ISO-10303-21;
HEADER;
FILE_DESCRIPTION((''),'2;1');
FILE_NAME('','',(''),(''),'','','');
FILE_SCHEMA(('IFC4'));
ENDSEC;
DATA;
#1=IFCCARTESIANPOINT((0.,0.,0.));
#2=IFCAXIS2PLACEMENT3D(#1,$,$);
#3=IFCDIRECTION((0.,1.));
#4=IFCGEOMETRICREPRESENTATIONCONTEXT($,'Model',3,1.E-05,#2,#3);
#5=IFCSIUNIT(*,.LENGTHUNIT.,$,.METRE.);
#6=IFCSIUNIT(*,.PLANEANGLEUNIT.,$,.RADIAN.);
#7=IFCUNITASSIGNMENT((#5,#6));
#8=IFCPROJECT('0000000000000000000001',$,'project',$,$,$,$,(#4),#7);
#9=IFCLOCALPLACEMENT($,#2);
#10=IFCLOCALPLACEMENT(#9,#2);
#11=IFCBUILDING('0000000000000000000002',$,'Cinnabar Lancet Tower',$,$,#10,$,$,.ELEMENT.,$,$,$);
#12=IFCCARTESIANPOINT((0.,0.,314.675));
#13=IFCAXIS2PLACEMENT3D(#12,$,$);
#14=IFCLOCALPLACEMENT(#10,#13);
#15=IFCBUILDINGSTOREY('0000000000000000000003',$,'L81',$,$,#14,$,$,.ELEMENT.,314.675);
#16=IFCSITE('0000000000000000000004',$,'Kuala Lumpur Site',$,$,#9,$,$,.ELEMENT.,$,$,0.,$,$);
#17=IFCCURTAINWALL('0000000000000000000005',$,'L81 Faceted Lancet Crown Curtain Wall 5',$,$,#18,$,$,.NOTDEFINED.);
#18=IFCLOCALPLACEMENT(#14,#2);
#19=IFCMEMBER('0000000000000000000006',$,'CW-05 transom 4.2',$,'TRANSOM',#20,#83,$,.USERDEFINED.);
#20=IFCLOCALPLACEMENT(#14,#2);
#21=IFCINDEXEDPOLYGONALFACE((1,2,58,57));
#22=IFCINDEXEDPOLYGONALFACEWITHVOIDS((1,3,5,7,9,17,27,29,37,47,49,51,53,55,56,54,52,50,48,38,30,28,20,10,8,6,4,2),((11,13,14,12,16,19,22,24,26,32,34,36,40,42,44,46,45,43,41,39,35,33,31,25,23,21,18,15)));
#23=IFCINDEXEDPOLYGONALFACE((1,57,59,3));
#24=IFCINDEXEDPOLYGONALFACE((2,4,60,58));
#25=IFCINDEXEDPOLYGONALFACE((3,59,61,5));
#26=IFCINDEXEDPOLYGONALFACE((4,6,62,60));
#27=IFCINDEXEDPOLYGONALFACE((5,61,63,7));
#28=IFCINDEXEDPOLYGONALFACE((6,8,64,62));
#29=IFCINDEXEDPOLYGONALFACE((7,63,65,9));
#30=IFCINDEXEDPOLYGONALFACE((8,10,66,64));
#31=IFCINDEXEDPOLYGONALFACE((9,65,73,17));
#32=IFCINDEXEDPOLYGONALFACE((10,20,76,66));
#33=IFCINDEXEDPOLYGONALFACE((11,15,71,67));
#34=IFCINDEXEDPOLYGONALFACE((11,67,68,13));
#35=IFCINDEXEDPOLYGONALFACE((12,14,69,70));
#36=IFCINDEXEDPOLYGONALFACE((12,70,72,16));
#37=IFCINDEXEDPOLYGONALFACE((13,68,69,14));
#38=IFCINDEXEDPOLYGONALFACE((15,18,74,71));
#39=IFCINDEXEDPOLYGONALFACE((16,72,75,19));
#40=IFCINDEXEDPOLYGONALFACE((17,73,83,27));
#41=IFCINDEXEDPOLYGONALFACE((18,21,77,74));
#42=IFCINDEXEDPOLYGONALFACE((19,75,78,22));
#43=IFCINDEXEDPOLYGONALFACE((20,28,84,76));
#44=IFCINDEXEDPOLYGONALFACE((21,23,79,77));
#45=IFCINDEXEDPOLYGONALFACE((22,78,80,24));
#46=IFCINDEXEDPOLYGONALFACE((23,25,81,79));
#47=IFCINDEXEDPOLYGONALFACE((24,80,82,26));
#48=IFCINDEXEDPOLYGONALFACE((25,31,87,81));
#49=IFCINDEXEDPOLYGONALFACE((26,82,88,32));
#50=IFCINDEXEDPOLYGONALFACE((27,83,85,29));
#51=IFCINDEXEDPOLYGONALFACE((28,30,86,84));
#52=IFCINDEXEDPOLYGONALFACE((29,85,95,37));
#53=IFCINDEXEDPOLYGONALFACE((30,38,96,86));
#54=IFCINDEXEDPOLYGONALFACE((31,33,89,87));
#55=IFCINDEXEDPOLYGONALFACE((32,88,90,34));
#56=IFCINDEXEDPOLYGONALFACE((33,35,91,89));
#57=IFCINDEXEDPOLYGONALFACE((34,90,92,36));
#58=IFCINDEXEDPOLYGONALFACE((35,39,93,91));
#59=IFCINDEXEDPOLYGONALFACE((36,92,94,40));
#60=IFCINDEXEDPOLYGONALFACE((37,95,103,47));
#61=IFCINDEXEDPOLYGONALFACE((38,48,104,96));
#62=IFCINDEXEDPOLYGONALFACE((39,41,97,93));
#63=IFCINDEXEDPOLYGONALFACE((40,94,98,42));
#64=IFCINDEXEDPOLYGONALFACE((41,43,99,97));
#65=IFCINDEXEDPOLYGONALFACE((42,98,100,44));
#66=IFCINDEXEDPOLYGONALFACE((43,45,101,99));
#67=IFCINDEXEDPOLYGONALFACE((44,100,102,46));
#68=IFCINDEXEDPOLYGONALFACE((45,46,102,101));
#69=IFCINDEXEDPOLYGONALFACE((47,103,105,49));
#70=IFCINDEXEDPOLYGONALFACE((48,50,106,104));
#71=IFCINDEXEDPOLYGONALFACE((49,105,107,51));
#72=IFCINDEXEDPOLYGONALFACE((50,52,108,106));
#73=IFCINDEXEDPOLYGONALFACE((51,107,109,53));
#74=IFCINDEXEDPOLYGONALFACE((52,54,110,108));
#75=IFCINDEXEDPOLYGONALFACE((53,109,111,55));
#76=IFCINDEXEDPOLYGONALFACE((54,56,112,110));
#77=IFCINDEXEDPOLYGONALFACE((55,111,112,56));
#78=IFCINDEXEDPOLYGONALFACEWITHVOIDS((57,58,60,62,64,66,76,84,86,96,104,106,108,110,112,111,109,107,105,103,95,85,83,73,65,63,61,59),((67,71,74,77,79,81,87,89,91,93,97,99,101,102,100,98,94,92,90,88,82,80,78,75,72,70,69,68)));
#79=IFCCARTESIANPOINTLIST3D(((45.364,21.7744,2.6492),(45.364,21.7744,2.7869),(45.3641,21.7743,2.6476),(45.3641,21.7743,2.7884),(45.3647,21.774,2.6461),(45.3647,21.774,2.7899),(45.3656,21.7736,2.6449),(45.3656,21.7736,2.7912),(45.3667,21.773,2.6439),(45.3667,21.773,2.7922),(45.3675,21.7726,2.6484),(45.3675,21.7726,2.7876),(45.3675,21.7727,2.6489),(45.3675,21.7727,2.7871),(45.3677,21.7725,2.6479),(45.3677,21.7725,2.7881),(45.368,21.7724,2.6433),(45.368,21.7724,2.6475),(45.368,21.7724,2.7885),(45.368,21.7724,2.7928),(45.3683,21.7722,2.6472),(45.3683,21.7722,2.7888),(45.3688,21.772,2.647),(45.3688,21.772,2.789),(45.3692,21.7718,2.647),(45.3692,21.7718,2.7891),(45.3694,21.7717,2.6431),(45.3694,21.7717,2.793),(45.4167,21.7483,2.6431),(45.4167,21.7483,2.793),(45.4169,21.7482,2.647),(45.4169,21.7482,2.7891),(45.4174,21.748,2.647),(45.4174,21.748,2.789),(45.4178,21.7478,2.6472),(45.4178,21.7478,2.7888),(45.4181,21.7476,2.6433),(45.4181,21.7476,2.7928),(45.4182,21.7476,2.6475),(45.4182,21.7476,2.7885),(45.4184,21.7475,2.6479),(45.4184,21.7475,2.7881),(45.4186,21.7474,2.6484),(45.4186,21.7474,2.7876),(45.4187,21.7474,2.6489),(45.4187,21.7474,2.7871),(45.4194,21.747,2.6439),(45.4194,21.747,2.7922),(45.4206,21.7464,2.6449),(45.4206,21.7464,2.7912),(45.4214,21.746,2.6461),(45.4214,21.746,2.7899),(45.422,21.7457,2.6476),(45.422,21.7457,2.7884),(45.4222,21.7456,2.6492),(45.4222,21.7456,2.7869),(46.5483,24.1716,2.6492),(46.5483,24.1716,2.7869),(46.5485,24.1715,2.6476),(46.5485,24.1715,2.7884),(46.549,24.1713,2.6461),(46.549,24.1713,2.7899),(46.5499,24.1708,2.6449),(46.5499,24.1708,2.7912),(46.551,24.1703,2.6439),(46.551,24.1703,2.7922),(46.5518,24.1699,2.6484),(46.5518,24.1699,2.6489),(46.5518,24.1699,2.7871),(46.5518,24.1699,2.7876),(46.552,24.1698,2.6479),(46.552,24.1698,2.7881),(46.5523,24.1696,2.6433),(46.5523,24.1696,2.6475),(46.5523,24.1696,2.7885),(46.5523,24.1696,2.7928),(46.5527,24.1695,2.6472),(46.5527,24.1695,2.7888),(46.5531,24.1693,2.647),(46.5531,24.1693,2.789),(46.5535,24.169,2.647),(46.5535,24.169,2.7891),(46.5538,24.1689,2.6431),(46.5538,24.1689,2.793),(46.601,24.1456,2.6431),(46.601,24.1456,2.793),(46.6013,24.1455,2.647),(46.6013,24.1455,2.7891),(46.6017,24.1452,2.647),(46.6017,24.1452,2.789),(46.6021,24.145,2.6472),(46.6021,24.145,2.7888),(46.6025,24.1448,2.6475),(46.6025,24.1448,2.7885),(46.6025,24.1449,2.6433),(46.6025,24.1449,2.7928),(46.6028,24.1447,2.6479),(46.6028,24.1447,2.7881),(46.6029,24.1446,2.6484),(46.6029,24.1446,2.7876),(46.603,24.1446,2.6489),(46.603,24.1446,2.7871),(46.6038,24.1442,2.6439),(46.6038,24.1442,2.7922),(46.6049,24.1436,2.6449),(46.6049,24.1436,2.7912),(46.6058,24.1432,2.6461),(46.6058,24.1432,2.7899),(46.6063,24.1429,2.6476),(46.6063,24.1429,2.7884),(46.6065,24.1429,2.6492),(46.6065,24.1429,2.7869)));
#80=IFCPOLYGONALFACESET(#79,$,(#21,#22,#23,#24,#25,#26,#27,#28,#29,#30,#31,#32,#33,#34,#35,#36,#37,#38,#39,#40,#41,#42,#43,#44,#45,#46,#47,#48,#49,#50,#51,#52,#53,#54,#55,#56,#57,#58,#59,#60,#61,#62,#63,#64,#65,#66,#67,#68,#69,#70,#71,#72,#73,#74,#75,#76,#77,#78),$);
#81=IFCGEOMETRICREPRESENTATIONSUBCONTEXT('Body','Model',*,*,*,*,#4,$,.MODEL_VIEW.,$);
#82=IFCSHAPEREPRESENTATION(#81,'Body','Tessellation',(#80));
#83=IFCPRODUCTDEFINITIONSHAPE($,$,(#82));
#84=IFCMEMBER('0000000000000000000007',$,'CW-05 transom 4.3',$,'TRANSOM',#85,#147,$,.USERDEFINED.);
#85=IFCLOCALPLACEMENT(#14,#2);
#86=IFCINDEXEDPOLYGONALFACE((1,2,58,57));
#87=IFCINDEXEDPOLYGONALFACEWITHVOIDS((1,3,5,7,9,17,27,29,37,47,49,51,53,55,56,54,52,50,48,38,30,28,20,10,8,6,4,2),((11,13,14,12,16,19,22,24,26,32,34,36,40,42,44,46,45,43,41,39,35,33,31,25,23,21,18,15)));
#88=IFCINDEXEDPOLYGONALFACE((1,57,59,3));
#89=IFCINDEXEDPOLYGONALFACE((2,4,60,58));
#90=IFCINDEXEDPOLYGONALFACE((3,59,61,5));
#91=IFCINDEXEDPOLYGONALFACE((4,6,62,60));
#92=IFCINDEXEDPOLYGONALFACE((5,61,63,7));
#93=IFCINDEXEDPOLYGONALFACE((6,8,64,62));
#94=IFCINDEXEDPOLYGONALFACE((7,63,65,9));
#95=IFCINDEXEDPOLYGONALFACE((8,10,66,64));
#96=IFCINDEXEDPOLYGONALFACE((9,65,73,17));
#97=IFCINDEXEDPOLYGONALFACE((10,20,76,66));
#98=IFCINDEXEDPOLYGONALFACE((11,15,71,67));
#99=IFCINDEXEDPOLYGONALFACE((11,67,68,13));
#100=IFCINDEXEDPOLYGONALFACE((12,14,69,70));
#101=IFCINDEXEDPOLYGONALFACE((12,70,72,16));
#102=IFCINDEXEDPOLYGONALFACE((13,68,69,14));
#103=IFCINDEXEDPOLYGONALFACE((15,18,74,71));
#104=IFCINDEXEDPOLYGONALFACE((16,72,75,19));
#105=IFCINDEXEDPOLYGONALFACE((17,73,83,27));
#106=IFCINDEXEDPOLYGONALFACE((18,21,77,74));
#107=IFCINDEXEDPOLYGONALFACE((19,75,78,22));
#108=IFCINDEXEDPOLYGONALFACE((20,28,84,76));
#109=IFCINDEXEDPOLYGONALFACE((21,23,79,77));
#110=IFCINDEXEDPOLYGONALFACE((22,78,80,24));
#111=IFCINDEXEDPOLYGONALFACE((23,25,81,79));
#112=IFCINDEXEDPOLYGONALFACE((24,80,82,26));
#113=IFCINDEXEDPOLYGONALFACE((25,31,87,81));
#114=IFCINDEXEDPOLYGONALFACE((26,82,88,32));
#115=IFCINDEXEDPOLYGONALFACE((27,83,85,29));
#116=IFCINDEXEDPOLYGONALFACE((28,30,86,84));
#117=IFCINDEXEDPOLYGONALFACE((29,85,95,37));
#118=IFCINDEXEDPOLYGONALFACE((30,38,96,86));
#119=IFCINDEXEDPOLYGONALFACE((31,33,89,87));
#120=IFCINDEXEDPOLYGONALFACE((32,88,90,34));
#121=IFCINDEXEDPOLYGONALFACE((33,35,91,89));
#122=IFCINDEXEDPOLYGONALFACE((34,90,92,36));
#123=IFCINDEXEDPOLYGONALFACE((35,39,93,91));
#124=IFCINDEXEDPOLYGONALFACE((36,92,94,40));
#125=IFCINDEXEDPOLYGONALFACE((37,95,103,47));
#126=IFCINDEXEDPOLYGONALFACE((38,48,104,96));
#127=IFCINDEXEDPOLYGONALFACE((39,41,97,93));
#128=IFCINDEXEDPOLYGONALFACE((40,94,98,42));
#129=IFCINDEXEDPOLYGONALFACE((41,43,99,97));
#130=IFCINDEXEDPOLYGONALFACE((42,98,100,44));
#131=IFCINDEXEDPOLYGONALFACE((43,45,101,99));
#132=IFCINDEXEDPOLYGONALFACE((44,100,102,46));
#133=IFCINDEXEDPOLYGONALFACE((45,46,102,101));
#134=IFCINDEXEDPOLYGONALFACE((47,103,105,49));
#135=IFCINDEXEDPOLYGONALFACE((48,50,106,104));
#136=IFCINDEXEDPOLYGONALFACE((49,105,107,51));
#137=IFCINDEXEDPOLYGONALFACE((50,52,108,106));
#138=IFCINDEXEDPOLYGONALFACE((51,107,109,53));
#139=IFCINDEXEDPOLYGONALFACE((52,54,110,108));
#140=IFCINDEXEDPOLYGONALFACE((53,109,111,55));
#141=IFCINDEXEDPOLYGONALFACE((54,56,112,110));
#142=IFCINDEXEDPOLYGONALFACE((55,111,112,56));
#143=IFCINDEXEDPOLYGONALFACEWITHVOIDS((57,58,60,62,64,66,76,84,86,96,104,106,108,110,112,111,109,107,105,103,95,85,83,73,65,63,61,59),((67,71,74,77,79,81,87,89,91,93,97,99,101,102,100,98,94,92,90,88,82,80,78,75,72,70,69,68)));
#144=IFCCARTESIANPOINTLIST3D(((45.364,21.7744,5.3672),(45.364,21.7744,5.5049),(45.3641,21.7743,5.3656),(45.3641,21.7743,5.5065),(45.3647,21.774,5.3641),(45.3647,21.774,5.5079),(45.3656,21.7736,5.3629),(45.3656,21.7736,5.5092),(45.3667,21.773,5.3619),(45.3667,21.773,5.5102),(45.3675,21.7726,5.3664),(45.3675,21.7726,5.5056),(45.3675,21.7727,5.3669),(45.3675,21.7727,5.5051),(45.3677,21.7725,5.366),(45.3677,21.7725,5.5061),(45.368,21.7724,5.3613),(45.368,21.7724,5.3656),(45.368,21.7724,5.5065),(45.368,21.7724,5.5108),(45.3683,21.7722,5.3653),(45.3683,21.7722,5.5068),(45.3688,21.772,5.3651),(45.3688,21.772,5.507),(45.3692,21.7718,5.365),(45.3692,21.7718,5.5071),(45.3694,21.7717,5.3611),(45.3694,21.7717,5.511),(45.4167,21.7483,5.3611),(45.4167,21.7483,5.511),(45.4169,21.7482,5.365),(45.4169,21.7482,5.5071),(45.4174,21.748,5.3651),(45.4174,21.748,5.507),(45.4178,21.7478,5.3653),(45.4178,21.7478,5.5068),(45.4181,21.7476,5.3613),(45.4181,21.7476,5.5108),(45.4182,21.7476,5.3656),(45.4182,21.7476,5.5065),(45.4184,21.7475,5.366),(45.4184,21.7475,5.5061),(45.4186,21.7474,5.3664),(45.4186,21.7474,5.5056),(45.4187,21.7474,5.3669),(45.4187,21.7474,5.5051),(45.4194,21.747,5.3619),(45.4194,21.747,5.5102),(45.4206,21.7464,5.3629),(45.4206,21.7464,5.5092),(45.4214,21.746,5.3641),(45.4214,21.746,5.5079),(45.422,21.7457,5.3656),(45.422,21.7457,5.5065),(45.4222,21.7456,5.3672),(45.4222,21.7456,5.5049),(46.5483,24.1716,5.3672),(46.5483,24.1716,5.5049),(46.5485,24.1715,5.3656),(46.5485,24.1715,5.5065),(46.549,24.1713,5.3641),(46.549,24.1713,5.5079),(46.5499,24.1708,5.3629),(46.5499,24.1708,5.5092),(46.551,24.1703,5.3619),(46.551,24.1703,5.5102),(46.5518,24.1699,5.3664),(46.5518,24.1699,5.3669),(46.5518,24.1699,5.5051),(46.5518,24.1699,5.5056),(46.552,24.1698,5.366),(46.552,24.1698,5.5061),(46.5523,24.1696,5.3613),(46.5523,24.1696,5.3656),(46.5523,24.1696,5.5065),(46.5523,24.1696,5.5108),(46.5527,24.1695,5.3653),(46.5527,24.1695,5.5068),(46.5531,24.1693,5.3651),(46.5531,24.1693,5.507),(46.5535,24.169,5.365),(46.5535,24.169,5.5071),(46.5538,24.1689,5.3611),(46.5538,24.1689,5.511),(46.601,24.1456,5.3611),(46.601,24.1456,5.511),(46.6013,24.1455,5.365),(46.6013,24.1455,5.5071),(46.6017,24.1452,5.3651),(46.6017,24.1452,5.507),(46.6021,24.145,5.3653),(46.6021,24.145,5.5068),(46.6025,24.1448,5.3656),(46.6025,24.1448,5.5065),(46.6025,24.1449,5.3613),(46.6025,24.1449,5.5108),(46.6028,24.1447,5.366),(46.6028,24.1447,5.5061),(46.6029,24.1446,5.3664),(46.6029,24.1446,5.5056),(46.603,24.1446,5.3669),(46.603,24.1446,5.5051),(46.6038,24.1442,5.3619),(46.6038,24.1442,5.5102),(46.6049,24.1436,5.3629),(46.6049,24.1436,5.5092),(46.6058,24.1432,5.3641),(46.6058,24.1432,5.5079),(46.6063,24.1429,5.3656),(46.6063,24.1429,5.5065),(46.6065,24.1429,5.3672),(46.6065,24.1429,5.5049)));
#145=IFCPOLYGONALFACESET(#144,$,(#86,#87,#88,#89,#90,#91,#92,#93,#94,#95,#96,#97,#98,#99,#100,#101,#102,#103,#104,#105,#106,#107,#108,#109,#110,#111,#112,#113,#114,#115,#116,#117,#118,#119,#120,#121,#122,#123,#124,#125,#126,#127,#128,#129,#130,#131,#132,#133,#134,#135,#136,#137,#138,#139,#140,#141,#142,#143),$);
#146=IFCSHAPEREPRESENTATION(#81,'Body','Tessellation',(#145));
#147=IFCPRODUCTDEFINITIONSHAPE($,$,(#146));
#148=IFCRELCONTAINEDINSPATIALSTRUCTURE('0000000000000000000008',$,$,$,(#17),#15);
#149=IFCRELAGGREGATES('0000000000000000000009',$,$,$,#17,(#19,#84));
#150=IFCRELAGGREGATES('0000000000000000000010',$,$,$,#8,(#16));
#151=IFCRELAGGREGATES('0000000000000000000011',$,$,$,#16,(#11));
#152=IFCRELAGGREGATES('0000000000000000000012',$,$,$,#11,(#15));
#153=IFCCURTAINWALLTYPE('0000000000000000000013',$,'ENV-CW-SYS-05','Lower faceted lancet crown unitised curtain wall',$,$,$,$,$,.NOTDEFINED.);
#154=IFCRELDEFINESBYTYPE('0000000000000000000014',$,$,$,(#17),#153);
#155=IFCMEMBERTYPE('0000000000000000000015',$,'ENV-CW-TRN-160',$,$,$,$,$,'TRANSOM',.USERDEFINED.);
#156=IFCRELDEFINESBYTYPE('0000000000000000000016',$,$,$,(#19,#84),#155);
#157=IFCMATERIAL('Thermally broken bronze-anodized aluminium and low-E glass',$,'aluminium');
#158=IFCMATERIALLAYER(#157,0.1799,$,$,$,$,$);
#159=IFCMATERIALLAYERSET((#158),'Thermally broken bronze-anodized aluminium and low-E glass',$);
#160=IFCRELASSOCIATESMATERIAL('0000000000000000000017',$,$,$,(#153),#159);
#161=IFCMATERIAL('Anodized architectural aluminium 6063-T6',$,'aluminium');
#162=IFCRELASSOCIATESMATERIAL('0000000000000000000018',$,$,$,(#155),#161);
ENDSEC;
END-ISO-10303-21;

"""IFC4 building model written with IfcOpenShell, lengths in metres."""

from ifc_helpers import new_model, si_unit, direction, frame, origin, origin_2d, place, context, subcontext, project, spatial, hollow_rectangle, extrude, material, layer, layer_set, material_profile, profile_set, type_object, element, aggregate, save


model = new_model("IFC4")

# Units and contexts
model_context = context("Model", 3, precision=1e-05, world=origin(), true_north=direction((0.0, 1.0)))
body_context = subcontext(model_context, "Body", "Model", "MODEL_VIEW")
ifc_project = project(units=[si_unit("LENGTHUNIT", "METRE"), si_unit("PLANEANGLEUNIT", "RADIAN")], contexts=[model_context])

# Site, building, storey
site_placement = place(None, origin())
site = spatial("IfcSite", under=ifc_project, at=site_placement, Name="Kuala Lumpur Site", CompositionType="ELEMENT", RefElevation=0.0)
building_placement = place(site_placement, origin())
building = spatial("IfcBuilding", under=site, at=building_placement, Name="Cinnabar Lancet Tower", CompositionType="ELEMENT")
storey_placement = place(building_placement, frame((0.0, 0.0, 314.675)))
storey = spatial("IfcBuildingStorey", under=building, at=storey_placement, Name="L81", CompositionType="ELEMENT", Elevation=314.675)

# Curtain wall
ifc_material_1 = material(Name="Thermally broken bronze-anodized aluminium and low-E glass", Category="aluminium")
ifc_layer_1 = layer(ifc_material_1, 0.1799)
ifc_layer_set_1 = layer_set([ifc_layer_1], Name="Thermally broken bronze-anodized aluminium and low-E glass")
curtain_wall_type = type_object("IfcCurtainWallType", Name="ENV-CW-SYS-05", Description="Lower faceted lancet crown unitised curtain wall", PredefinedType="NOTDEFINED", material=ifc_layer_set_1)
curtain_wall_1_placement = place(storey_placement, origin())
curtain_wall_1 = element("IfcCurtainWall", 1, at=curtain_wall_1_placement, inside=storey, type_object=curtain_wall_type, Name="L81 Faceted Lancet Crown Curtain Wall 5", PredefinedType="NOTDEFINED")

# Members
ifc_material_2 = material(Name="Anodized architectural aluminium 6063-T6", Category="aluminium")
ifc_material_profile_1 = material_profile(ifc_material_2, hollow_rectangle(XDim=0.0649, YDim=0.1499, WallThickness=0.0039, InnerFilletRadius=0.002, OuterFilletRadius=0.0061, at=origin_2d()), Name="CW-TRN 150x65x4")
ifc_profile_set_1 = profile_set([ifc_material_profile_1], Name="Anodized architectural aluminium 6063-T6")
member_type_1 = type_object("IfcMemberType", Name="ENV-CW-TRN-160", ElementType="TRANSOM", PredefinedType="USERDEFINED", material=ifc_profile_set_1)
member_1_placement = place(storey_placement, frame((45.3931, 21.76, 2.718), z_axis=(0.442935, 0.896554, 0.0), x_axis=(-0.896554, 0.442935, 0.0)))
member_1 = element("IfcMember", 2, at=member_1_placement, type_object=member_type_1, Name="CW-05 transom 4.2", ObjectType="TRANSOM", PredefinedType="USERDEFINED", context=body_context, shape_type="SweptSolid", body=[
    extrude(hollow_rectangle(XDim=0.0649, YDim=0.1499, WallThickness=0.0039, InnerFilletRadius=0.002, OuterFilletRadius=0.0061, at=origin_2d()), origin(), (0.0, 0.0, 1.0), 2.6738),
])
member_2_placement = place(storey_placement, frame((45.3931, 21.76, 5.436), z_axis=(0.442935, 0.896554, 0.0), x_axis=(-0.896554, 0.442935, 0.0)))
member_2 = element("IfcMember", 3, at=member_2_placement, type_object=member_type_1, Name="CW-05 transom 4.3", ObjectType="TRANSOM", PredefinedType="USERDEFINED", context=body_context, shape_type="SweptSolid", body=[
    extrude(hollow_rectangle(XDim=0.0649, YDim=0.1499, WallThickness=0.0039, InnerFilletRadius=0.002, OuterFilletRadius=0.0061, at=origin_2d()), origin(), (0.0, 0.0, 1.0), 2.6738),
])

aggregate(curtain_wall_1, [member_1, member_2])

save(model, "model.ifc")
